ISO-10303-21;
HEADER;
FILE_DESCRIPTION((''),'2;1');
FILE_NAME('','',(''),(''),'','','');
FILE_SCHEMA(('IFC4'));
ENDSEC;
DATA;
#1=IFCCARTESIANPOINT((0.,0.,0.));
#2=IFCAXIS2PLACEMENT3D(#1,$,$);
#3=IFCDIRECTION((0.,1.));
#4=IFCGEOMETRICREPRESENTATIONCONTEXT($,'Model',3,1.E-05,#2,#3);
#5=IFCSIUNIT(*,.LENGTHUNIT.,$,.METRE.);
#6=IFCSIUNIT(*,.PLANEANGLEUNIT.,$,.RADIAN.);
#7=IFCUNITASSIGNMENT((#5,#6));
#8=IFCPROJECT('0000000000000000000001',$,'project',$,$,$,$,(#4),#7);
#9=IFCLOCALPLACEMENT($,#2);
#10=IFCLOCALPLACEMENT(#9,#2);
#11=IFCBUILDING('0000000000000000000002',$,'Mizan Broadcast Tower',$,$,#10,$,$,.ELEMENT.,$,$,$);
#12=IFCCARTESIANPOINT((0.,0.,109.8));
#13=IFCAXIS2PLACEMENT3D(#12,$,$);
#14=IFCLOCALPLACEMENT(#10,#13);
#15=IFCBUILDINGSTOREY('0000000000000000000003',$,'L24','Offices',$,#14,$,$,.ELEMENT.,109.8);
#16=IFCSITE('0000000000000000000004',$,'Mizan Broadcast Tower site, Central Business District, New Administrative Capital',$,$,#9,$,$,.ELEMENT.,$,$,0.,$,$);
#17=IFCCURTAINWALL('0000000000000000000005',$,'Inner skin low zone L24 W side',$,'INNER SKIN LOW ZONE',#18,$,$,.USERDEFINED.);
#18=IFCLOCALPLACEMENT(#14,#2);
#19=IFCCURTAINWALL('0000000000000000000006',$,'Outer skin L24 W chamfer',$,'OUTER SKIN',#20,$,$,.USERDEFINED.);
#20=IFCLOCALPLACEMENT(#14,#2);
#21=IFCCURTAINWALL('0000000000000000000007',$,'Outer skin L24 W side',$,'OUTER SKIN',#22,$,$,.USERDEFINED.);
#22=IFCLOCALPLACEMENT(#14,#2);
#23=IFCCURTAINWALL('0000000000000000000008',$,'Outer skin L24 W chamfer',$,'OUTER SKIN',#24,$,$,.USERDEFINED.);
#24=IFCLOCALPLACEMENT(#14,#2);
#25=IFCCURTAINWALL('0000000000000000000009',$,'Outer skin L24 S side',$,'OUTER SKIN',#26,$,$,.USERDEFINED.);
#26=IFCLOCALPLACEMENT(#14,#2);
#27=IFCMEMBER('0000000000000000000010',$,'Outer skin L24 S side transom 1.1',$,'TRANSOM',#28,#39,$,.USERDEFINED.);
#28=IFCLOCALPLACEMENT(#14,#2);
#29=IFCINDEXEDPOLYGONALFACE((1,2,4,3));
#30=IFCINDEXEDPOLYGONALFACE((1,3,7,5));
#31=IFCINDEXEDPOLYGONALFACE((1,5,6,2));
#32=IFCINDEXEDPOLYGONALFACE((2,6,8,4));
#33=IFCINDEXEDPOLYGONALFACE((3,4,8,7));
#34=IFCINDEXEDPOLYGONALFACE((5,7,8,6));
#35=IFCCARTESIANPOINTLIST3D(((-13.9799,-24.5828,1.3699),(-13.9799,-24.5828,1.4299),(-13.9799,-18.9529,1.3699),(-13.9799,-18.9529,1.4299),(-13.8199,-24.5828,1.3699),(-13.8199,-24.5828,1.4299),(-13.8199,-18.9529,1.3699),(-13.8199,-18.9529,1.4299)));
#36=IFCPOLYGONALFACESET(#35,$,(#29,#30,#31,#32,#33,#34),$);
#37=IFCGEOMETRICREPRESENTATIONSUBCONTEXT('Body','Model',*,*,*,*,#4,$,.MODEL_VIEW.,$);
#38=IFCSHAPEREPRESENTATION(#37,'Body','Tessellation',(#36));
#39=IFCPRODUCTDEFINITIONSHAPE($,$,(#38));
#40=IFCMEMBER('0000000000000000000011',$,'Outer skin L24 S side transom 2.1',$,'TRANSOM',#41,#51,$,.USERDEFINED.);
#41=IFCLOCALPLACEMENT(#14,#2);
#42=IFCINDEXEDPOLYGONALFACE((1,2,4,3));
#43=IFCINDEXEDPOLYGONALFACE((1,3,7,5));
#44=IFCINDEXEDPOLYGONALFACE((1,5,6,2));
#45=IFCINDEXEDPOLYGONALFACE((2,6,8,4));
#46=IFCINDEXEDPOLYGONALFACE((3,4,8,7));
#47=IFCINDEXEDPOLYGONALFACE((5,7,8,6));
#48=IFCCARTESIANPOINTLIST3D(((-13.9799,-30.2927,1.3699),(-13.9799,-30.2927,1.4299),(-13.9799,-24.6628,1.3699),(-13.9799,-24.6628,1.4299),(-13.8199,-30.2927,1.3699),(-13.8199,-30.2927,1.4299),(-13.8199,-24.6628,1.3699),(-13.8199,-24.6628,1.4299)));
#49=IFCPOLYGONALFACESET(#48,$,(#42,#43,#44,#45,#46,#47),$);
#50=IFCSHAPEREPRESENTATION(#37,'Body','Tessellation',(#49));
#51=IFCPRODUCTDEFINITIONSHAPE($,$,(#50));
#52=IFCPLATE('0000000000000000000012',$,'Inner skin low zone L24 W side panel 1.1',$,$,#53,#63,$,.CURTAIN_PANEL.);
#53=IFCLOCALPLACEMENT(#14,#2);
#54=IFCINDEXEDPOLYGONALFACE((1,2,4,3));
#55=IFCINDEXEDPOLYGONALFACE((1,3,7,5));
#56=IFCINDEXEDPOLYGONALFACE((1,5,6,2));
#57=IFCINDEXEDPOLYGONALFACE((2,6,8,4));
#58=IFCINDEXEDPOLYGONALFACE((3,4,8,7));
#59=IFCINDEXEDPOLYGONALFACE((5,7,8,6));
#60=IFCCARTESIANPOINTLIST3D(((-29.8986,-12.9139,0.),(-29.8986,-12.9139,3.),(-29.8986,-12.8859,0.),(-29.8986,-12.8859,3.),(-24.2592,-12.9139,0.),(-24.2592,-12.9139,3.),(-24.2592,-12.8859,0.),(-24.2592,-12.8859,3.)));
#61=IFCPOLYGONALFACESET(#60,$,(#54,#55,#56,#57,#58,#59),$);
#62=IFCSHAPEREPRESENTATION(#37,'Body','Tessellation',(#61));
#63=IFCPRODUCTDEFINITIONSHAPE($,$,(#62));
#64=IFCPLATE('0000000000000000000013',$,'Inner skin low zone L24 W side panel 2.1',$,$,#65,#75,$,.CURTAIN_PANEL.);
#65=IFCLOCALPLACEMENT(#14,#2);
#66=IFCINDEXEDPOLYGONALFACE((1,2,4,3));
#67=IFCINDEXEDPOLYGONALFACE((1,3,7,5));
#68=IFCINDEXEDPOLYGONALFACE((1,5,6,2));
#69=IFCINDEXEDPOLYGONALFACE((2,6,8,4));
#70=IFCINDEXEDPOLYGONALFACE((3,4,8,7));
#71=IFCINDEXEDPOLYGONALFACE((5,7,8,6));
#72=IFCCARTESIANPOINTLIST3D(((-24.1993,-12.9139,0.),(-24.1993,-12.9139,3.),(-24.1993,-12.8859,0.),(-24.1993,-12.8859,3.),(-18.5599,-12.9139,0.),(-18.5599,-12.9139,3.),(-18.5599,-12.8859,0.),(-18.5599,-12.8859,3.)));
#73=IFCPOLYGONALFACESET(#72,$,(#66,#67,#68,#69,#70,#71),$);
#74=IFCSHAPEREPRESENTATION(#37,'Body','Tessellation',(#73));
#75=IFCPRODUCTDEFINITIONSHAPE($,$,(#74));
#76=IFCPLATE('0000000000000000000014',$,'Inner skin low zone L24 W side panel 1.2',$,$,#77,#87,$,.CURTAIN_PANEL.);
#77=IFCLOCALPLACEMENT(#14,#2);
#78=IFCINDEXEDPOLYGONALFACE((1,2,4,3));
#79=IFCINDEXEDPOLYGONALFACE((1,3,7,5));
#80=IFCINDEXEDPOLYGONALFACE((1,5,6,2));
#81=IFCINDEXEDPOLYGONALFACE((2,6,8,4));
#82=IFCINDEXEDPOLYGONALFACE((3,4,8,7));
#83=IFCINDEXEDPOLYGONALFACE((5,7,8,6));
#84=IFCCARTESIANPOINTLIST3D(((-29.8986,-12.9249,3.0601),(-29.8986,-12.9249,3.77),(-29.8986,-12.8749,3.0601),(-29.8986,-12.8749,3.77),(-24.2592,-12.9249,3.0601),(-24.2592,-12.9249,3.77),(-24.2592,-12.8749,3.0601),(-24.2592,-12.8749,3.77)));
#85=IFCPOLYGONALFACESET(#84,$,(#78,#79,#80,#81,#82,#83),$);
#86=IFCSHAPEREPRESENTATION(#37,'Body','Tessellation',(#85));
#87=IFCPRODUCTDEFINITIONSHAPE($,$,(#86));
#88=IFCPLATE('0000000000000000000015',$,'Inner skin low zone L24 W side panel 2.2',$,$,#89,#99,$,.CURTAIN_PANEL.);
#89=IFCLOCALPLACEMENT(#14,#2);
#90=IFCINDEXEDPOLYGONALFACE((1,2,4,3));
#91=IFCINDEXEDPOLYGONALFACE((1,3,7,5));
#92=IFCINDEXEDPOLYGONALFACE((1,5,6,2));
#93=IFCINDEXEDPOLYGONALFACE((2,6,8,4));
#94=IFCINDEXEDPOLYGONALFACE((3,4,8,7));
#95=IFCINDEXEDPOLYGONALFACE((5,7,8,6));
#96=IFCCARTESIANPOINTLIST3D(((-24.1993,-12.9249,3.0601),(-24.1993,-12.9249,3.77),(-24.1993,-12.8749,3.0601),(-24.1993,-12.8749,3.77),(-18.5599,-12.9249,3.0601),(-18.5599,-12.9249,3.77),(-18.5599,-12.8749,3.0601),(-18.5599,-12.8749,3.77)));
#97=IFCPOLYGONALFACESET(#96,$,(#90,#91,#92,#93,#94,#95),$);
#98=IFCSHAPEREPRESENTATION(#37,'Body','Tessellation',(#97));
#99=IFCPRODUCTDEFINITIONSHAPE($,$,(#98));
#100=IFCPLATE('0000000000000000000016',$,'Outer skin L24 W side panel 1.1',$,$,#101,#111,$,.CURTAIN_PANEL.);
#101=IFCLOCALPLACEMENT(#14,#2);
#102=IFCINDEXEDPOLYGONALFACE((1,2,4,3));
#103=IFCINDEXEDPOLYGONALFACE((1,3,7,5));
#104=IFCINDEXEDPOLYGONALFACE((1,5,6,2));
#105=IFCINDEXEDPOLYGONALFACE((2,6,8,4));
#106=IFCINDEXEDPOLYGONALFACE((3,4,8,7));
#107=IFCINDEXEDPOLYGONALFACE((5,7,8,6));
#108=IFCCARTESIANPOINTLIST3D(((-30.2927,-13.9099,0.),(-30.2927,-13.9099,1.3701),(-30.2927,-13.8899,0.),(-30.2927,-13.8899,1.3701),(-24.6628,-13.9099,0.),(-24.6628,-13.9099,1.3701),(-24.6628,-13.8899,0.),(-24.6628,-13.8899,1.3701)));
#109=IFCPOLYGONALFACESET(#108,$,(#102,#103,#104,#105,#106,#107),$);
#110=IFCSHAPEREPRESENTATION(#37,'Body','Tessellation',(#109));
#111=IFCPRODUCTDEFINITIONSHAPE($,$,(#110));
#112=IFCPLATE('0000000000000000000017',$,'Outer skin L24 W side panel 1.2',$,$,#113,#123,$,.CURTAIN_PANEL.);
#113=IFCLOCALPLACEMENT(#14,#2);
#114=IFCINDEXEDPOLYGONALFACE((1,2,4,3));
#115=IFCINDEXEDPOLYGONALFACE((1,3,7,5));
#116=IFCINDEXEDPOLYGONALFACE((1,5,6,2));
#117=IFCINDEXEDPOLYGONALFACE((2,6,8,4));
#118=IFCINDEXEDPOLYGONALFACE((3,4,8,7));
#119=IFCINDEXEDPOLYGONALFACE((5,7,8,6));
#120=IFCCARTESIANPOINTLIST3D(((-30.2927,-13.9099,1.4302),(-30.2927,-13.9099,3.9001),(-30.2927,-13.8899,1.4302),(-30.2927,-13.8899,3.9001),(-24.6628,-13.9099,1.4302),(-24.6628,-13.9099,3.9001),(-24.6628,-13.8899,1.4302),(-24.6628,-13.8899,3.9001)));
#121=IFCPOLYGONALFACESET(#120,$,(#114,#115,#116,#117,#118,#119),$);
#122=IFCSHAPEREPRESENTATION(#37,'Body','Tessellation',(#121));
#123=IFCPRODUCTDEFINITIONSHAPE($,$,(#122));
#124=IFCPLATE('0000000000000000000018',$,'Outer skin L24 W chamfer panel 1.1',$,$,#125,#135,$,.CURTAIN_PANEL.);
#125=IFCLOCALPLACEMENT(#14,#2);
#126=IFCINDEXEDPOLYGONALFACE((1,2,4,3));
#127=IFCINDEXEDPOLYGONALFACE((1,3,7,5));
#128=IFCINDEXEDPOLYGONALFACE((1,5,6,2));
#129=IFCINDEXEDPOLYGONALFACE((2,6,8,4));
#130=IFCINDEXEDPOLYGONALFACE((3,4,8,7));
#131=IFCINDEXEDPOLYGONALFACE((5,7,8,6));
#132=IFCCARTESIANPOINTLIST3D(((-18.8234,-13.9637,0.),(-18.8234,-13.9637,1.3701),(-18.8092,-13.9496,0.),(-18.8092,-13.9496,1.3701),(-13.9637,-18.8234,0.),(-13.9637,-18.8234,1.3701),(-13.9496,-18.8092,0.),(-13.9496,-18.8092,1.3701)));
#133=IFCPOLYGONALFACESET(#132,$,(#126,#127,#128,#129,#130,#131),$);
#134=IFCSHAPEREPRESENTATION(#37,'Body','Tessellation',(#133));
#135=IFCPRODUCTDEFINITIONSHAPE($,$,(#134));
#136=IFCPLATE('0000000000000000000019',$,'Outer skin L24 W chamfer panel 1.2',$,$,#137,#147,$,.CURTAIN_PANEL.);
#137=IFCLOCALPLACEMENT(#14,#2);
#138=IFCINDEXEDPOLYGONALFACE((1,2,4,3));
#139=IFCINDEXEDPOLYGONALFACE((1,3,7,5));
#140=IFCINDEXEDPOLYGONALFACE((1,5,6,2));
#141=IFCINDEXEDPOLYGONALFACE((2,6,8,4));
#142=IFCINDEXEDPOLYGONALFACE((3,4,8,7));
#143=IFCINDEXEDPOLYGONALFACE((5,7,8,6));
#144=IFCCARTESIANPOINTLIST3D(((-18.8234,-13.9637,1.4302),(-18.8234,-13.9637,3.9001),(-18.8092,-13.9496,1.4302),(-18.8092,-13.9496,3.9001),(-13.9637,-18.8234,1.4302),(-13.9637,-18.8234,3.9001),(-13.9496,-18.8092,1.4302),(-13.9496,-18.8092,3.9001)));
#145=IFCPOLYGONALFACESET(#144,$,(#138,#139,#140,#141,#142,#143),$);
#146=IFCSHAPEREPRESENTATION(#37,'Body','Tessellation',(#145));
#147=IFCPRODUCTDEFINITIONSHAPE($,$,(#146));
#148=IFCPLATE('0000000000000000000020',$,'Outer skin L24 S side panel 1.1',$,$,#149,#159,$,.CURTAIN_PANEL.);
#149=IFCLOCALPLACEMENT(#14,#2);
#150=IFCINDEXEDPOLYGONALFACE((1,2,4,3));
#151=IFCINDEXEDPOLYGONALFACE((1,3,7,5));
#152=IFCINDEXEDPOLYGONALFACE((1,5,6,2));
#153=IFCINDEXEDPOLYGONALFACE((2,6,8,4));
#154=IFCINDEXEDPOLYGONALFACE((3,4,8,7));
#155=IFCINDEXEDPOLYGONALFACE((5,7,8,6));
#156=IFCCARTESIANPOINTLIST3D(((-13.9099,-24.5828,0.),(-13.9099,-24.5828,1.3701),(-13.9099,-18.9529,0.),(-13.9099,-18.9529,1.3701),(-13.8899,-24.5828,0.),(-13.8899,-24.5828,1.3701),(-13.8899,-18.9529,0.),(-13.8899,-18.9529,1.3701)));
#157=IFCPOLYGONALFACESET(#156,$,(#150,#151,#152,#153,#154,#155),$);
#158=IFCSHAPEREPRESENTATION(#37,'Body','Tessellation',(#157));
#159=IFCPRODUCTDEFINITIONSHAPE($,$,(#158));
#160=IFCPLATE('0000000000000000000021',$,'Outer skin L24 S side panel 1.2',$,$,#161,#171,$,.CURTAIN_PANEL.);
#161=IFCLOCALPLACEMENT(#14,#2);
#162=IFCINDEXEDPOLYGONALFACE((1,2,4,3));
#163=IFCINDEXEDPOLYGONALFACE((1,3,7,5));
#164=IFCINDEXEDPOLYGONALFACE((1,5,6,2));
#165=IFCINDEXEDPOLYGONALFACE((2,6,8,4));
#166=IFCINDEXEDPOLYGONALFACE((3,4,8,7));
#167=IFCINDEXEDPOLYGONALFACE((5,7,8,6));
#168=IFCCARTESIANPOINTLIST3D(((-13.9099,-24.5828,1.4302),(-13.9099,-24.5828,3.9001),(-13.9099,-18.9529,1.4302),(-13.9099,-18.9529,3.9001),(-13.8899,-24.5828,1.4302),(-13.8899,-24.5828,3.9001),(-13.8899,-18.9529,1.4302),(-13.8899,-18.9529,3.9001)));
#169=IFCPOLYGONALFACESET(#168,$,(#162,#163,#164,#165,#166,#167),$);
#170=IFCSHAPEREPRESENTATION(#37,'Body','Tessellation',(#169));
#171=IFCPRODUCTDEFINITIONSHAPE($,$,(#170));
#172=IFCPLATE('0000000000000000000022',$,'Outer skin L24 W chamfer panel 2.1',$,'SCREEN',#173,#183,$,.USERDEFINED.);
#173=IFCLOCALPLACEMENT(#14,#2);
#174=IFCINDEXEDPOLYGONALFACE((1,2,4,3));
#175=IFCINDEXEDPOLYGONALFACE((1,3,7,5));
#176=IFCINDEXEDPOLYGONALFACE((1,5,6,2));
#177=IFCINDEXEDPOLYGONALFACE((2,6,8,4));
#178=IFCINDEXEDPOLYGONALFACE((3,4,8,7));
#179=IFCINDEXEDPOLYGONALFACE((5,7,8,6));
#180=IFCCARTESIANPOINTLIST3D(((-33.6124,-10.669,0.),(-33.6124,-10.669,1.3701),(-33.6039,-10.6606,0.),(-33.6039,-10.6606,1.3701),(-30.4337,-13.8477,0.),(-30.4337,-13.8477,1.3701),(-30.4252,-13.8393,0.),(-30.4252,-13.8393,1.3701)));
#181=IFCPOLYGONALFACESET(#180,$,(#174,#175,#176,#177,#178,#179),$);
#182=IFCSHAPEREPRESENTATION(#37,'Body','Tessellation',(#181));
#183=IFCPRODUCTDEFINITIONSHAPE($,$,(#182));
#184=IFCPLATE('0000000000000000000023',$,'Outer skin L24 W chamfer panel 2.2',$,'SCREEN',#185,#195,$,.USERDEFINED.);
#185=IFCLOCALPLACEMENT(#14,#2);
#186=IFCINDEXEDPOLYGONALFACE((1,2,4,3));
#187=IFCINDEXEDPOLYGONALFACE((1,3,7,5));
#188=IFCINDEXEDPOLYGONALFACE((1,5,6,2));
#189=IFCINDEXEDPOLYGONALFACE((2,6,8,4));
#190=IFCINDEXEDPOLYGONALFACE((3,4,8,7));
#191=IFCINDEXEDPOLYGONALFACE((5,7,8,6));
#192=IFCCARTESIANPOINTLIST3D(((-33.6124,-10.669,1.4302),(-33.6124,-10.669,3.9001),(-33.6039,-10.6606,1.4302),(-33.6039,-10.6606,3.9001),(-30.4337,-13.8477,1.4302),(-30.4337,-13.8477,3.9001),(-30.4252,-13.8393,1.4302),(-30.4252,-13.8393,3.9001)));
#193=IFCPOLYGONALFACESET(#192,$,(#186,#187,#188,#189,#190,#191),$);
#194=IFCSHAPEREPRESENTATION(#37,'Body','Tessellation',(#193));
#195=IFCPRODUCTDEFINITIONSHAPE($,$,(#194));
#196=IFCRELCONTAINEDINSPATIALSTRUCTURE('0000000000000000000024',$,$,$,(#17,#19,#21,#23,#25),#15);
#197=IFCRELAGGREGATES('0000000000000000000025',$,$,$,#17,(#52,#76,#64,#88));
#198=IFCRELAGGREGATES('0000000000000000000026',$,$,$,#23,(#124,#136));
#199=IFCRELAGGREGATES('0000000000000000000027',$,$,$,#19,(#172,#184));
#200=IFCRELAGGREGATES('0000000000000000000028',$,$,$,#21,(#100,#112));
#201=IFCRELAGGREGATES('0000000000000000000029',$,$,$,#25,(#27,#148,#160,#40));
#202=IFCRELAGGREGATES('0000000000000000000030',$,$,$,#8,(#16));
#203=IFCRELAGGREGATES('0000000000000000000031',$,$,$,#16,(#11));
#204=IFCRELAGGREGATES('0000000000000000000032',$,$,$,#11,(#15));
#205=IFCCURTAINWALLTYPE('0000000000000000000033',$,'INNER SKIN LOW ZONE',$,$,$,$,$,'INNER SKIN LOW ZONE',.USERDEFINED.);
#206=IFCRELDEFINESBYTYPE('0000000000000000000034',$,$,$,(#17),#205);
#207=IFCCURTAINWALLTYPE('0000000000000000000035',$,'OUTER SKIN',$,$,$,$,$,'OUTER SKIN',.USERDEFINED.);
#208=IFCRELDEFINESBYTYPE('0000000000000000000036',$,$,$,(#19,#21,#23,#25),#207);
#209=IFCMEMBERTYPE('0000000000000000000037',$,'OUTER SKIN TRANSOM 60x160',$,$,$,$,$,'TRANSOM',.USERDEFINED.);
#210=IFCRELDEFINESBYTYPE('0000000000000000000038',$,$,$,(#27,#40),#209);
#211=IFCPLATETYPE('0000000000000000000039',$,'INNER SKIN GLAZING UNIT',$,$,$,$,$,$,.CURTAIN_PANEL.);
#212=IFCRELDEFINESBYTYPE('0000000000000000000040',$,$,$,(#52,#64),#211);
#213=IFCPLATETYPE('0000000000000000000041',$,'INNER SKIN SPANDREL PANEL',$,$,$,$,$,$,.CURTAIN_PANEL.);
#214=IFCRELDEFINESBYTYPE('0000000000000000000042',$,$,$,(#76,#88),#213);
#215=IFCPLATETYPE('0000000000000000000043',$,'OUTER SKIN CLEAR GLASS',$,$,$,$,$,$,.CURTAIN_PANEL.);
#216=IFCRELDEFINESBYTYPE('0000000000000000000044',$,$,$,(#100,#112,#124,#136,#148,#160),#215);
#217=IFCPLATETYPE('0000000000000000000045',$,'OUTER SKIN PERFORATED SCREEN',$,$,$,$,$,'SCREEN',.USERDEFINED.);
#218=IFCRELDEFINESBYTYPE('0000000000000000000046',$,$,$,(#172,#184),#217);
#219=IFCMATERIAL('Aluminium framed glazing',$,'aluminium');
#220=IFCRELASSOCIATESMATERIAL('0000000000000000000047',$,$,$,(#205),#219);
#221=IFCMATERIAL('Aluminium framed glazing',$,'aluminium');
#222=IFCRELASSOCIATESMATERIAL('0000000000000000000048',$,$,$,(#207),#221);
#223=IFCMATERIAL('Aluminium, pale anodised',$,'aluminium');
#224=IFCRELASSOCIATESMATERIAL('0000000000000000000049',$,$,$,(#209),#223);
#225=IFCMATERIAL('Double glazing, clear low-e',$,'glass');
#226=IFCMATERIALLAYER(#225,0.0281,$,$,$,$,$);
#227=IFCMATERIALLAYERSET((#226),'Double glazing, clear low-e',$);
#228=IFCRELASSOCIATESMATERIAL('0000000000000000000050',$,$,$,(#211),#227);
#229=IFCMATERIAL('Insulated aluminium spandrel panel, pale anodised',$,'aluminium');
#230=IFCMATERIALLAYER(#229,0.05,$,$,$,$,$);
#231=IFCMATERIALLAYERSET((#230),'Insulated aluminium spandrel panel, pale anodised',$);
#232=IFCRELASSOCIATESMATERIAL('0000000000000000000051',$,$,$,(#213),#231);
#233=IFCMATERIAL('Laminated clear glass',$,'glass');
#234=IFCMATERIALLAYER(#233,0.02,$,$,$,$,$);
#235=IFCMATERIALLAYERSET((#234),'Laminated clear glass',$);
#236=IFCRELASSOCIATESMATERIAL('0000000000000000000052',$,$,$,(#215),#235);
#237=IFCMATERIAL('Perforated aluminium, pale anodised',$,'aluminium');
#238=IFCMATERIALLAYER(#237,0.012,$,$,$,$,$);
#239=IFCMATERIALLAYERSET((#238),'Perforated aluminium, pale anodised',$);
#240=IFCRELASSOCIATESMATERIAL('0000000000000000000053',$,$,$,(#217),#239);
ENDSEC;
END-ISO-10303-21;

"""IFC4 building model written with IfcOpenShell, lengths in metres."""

from ifc_helpers import new_model, si_unit, direction, frame, origin, origin_2d, place, context, subcontext, project, spatial, rectangle, extrude, material, layer, layer_set, material_profile, profile_set, type_object, element, aggregate, save


model = new_model("IFC4")

# Units and contexts
model_context = context("Model", 3, precision=1e-05, world=origin(), true_north=direction((0.0, 1.0)))
body_context = subcontext(model_context, "Body", "Model", "MODEL_VIEW")
ifc_project = project(units=[si_unit("LENGTHUNIT", "METRE"), si_unit("PLANEANGLEUNIT", "RADIAN")], contexts=[model_context])

# Site, building, storey
site_placement = place(None, origin())
site = spatial("IfcSite", under=ifc_project, at=site_placement, Name="Mizan Broadcast Tower site, Central Business District, New Administrative Capital", CompositionType="ELEMENT", RefElevation=0.0)
building_placement = place(site_placement, origin())
building = spatial("IfcBuilding", under=site, at=building_placement, Name="Mizan Broadcast Tower", CompositionType="ELEMENT")
storey_placement = place(building_placement, frame((0.0, 0.0, 109.8)))
storey = spatial("IfcBuildingStorey", under=building, at=storey_placement, Name="L24", Description="Offices", CompositionType="ELEMENT", Elevation=109.8)

# Shared definitions
ifc_material_1 = material(Name="Aluminium framed glazing", Category="aluminium")
curtain_wall_type_1 = type_object("IfcCurtainWallType", Name="INNER SKIN LOW ZONE", ElementType="INNER SKIN LOW ZONE", PredefinedType="USERDEFINED", material=ifc_material_1)

# Curtain wall
curtain_wall_1_placement = place(storey_placement, origin())
curtain_wall_1 = element("IfcCurtainWall", 1, at=curtain_wall_1_placement, inside=storey, type_object=curtain_wall_type_1, Name="Inner skin low zone L24 W side", ObjectType="INNER SKIN LOW ZONE", PredefinedType="USERDEFINED")

# Curtain wall
ifc_material_2 = material(Name="Aluminium framed glazing", Category="aluminium")
curtain_wall_type_2 = type_object("IfcCurtainWallType", Name="OUTER SKIN", ElementType="OUTER SKIN", PredefinedType="USERDEFINED", material=ifc_material_2)
curtain_wall_2_placement = place(storey_placement, origin())
curtain_wall_2 = element("IfcCurtainWall", 2, at=curtain_wall_2_placement, inside=storey, type_object=curtain_wall_type_2, Name="Outer skin L24 W chamfer", ObjectType="OUTER SKIN", PredefinedType="USERDEFINED")

# Curtain wall
curtain_wall_3_placement = place(storey_placement, origin())
curtain_wall_3 = element("IfcCurtainWall", 3, at=curtain_wall_3_placement, inside=storey, type_object=curtain_wall_type_2, Name="Outer skin L24 W side", ObjectType="OUTER SKIN", PredefinedType="USERDEFINED")

# Curtain wall
curtain_wall_4_placement = place(storey_placement, origin())
curtain_wall_4 = element("IfcCurtainWall", 4, at=curtain_wall_4_placement, inside=storey, type_object=curtain_wall_type_2, Name="Outer skin L24 W chamfer", ObjectType="OUTER SKIN", PredefinedType="USERDEFINED")

# Curtain wall
curtain_wall_5_placement = place(storey_placement, origin())
curtain_wall_5 = element("IfcCurtainWall", 5, at=curtain_wall_5_placement, inside=storey, type_object=curtain_wall_type_2, Name="Outer skin L24 S side", ObjectType="OUTER SKIN", PredefinedType="USERDEFINED")

# Members
ifc_material_3 = material(Name="Aluminium, pale anodised", Category="aluminium")
ifc_material_profile_1 = material_profile(ifc_material_3, rectangle(XDim=0.1599, YDim=0.0601, at=origin_2d()), Name="TRANSOM 160x60")
ifc_profile_set_1 = profile_set([ifc_material_profile_1], Name="Aluminium, pale anodised")
member_type_1 = type_object("IfcMemberType", Name="OUTER SKIN TRANSOM 60x160", ElementType="TRANSOM", PredefinedType="USERDEFINED", material=ifc_profile_set_1)
member_1_placement = place(storey_placement, frame((-13.8999, -18.9529, 1.3999), z_axis=(0.0, -1.0, 0.0), x_axis=(1.0, 0.0, 0.0)))
member_1 = element("IfcMember", 6, at=member_1_placement, type_object=member_type_1, Name="Outer skin L24 S side transom 1.1", ObjectType="TRANSOM", PredefinedType="USERDEFINED", context=body_context, shape_type="SweptSolid", body=[
    extrude(rectangle(XDim=0.1599, YDim=0.0601, at=origin_2d()), origin(), (0.0, 0.0, 1.0), 5.6299),
])
member_2_placement = place(storey_placement, frame((-13.8999, -24.6628, 1.3999), z_axis=(0.0, -1.0, 0.0), x_axis=(1.0, 0.0, 0.0)))
member_2 = element("IfcMember", 7, at=member_2_placement, type_object=member_type_1, Name="Outer skin L24 S side transom 2.1", ObjectType="TRANSOM", PredefinedType="USERDEFINED", context=body_context, shape_type="SweptSolid", body=[
    extrude(rectangle(XDim=0.1599, YDim=0.0601, at=origin_2d()), origin(), (0.0, 0.0, 1.0), 5.6299),
])

# Plates
ifc_material_4 = material(Name="Double glazing, clear low-e", Category="glass")
ifc_layer_1 = layer(ifc_material_4, 0.0281)
ifc_layer_set_1 = layer_set([ifc_layer_1], Name="Double glazing, clear low-e")
plate_type_1 = type_object("IfcPlateType", Name="INNER SKIN GLAZING UNIT", PredefinedType="CURTAIN_PANEL", material=ifc_layer_set_1)
plate_1_placement = place(storey_placement, frame((-27.0789, -12.8999, 0.0), z_axis=(0.0, 0.0, 1.0), x_axis=(1.0, 0.0, 0.0)))
plate_1 = element("IfcPlate", 8, at=plate_1_placement, type_object=plate_type_1, Name="Inner skin low zone L24 W side panel 1.1", PredefinedType="CURTAIN_PANEL", context=body_context, shape_type="SweptSolid", body=[
    extrude(rectangle(XDim=5.6394, YDim=0.0281, at=origin_2d()), origin(), (0.0, 0.0, 1.0), 3.0),
])
plate_2_placement = place(storey_placement, frame((-21.3796, -12.8999, 0.0), z_axis=(0.0, 0.0, 1.0), x_axis=(1.0, 0.0, 0.0)))
plate_2 = element("IfcPlate", 9, at=plate_2_placement, type_object=plate_type_1, Name="Inner skin low zone L24 W side panel 2.1", PredefinedType="CURTAIN_PANEL", context=body_context, shape_type="SweptSolid", body=[
    extrude(rectangle(XDim=5.6394, YDim=0.0281, at=origin_2d()), origin(), (0.0, 0.0, 1.0), 3.0),
])
ifc_material_5 = material(Name="Insulated aluminium spandrel panel, pale anodised", Category="aluminium")
ifc_layer_2 = layer(ifc_material_5, 0.05)
ifc_layer_set_2 = layer_set([ifc_layer_2], Name="Insulated aluminium spandrel panel, pale anodised")
plate_type_2 = type_object("IfcPlateType", Name="INNER SKIN SPANDREL PANEL", PredefinedType="CURTAIN_PANEL", material=ifc_layer_set_2)
plate_3_placement = place(storey_placement, frame((-27.0789, -12.8999, 3.0601), z_axis=(0.0, 0.0, 1.0), x_axis=(1.0, 0.0, 0.0)))
plate_3 = element("IfcPlate", 10, at=plate_3_placement, type_object=plate_type_2, Name="Inner skin low zone L24 W side panel 1.2", PredefinedType="CURTAIN_PANEL", context=body_context, shape_type="SweptSolid", body=[
    extrude(rectangle(XDim=5.6394, YDim=0.05, at=origin_2d()), origin(), (0.0, 0.0, 1.0), 0.71),
])
plate_4_placement = place(storey_placement, frame((-21.3796, -12.8999, 3.0601), z_axis=(0.0, 0.0, 1.0), x_axis=(1.0, 0.0, 0.0)))
plate_4 = element("IfcPlate", 11, at=plate_4_placement, type_object=plate_type_2, Name="Inner skin low zone L24 W side panel 2.2", PredefinedType="CURTAIN_PANEL", context=body_context, shape_type="SweptSolid", body=[
    extrude(rectangle(XDim=5.6394, YDim=0.05, at=origin_2d()), origin(), (0.0, 0.0, 1.0), 0.71),
])
aggregate(curtain_wall_1, [plate_1, plate_3, plate_2, plate_4])
ifc_material_6 = material(Name="Laminated clear glass", Category="glass")
ifc_layer_3 = layer(ifc_material_6, 0.02)
ifc_layer_set_3 = layer_set([ifc_layer_3], Name="Laminated clear glass")
plate_type_3 = type_object("IfcPlateType", Name="OUTER SKIN CLEAR GLASS", PredefinedType="CURTAIN_PANEL", material=ifc_layer_set_3)
plate_5_placement = place(storey_placement, frame((-27.4778, -13.8999, 0.0), z_axis=(0.0, 0.0, 1.0), x_axis=(1.0, 0.0, 0.0)))
plate_5 = element("IfcPlate", 12, at=plate_5_placement, type_object=plate_type_3, Name="Outer skin L24 W side panel 1.1", PredefinedType="CURTAIN_PANEL", context=body_context, shape_type="SweptSolid", body=[
    extrude(rectangle(XDim=5.6299, YDim=0.02, at=origin_2d()), origin(), (0.0, 0.0, 1.0), 1.3701),
])
plate_6_placement = place(storey_placement, frame((-27.4778, -13.8999, 1.4302), z_axis=(0.0, 0.0, 1.0), x_axis=(1.0, 0.0, 0.0)))
plate_6 = element("IfcPlate", 13, at=plate_6_placement, type_object=plate_type_3, Name="Outer skin L24 W side panel 1.2", PredefinedType="CURTAIN_PANEL", context=body_context, shape_type="SweptSolid", body=[
    extrude(rectangle(XDim=5.6299, YDim=0.02, at=origin_2d()), origin(), (0.0, 0.0, 1.0), 2.47),
])
plate_7_placement = place(storey_placement, frame((-16.3865, -16.3865, 0.0), z_axis=(0.0, 0.0, 1.0), x_axis=(0.707107, -0.707107, 0.0)))
plate_7 = element("IfcPlate", 14, at=plate_7_placement, type_object=plate_type_3, Name="Outer skin L24 W chamfer panel 1.1", PredefinedType="CURTAIN_PANEL", context=body_context, shape_type="SweptSolid", body=[
    extrude(rectangle(XDim=6.8726, YDim=0.02, at=origin_2d()), origin(), (0.0, 0.0, 1.0), 1.3701),
])
plate_8_placement = place(storey_placement, frame((-16.3865, -16.3865, 1.4302), z_axis=(0.0, 0.0, 1.0), x_axis=(0.707107, -0.707107, 0.0)))
plate_8 = element("IfcPlate", 15, at=plate_8_placement, type_object=plate_type_3, Name="Outer skin L24 W chamfer panel 1.2", PredefinedType="CURTAIN_PANEL", context=body_context, shape_type="SweptSolid", body=[
    extrude(rectangle(XDim=6.8726, YDim=0.02, at=origin_2d()), origin(), (0.0, 0.0, 1.0), 2.47),
])
aggregate(curtain_wall_4, [plate_7, plate_8])
plate_9_placement = place(storey_placement, frame((-13.8999, -21.7678, 0.0), z_axis=(0.0, 0.0, 1.0), x_axis=(0.0, -1.0, 0.0)))
plate_9 = element("IfcPlate", 16, at=plate_9_placement, type_object=plate_type_3, Name="Outer skin L24 S side panel 1.1", PredefinedType="CURTAIN_PANEL", context=body_context, shape_type="SweptSolid", body=[
    extrude(rectangle(XDim=5.6299, YDim=0.02, at=origin_2d()), origin(), (0.0, 0.0, 1.0), 1.3701),
])
plate_10_placement = place(storey_placement, frame((-13.8999, -21.7678, 1.4302), z_axis=(0.0, 0.0, 1.0), x_axis=(0.0, -1.0, 0.0)))
plate_10 = element("IfcPlate", 17, at=plate_10_placement, type_object=plate_type_3, Name="Outer skin L24 S side panel 1.2", PredefinedType="CURTAIN_PANEL", context=body_context, shape_type="SweptSolid", body=[
    extrude(rectangle(XDim=5.6299, YDim=0.02, at=origin_2d()), origin(), (0.0, 0.0, 1.0), 2.47),
])
ifc_material_7 = material(Name="Perforated aluminium, pale anodised", Category="aluminium")
ifc_layer_4 = layer(ifc_material_7, 0.012)
ifc_layer_set_4 = layer_set([ifc_layer_4], Name="Perforated aluminium, pale anodised")
plate_type_4 = type_object("IfcPlateType", Name="OUTER SKIN PERFORATED SCREEN", ElementType="SCREEN", PredefinedType="USERDEFINED", material=ifc_layer_set_4)
plate_11_placement = place(storey_placement, frame((-32.0188, -12.2542, 0.0), z_axis=(0.0, 0.0, 1.0), x_axis=(0.707107, -0.707107, 0.0)))
plate_11 = element("IfcPlate", 18, at=plate_11_placement, type_object=plate_type_4, Name="Outer skin L24 W chamfer panel 2.1", ObjectType="SCREEN", PredefinedType="USERDEFINED", context=body_context, shape_type="SweptSolid", body=[
    extrude(rectangle(XDim=4.4954, YDim=0.012, at=origin_2d()), origin(), (0.0, 0.0, 1.0), 1.3701),
])
plate_12_placement = place(storey_placement, frame((-32.0188, -12.2542, 1.4302), z_axis=(0.0, 0.0, 1.0), x_axis=(0.707107, -0.707107, 0.0)))
plate_12 = element("IfcPlate", 19, at=plate_12_placement, type_object=plate_type_4, Name="Outer skin L24 W chamfer panel 2.2", ObjectType="SCREEN", PredefinedType="USERDEFINED", context=body_context, shape_type="SweptSolid", body=[
    extrude(rectangle(XDim=4.4954, YDim=0.012, at=origin_2d()), origin(), (0.0, 0.0, 1.0), 2.47),
])
aggregate(curtain_wall_2, [plate_11, plate_12])
aggregate(curtain_wall_3, [plate_5, plate_6])
aggregate(curtain_wall_5, [member_1, plate_9, plate_10, member_2])

save(model, "model.ifc")
